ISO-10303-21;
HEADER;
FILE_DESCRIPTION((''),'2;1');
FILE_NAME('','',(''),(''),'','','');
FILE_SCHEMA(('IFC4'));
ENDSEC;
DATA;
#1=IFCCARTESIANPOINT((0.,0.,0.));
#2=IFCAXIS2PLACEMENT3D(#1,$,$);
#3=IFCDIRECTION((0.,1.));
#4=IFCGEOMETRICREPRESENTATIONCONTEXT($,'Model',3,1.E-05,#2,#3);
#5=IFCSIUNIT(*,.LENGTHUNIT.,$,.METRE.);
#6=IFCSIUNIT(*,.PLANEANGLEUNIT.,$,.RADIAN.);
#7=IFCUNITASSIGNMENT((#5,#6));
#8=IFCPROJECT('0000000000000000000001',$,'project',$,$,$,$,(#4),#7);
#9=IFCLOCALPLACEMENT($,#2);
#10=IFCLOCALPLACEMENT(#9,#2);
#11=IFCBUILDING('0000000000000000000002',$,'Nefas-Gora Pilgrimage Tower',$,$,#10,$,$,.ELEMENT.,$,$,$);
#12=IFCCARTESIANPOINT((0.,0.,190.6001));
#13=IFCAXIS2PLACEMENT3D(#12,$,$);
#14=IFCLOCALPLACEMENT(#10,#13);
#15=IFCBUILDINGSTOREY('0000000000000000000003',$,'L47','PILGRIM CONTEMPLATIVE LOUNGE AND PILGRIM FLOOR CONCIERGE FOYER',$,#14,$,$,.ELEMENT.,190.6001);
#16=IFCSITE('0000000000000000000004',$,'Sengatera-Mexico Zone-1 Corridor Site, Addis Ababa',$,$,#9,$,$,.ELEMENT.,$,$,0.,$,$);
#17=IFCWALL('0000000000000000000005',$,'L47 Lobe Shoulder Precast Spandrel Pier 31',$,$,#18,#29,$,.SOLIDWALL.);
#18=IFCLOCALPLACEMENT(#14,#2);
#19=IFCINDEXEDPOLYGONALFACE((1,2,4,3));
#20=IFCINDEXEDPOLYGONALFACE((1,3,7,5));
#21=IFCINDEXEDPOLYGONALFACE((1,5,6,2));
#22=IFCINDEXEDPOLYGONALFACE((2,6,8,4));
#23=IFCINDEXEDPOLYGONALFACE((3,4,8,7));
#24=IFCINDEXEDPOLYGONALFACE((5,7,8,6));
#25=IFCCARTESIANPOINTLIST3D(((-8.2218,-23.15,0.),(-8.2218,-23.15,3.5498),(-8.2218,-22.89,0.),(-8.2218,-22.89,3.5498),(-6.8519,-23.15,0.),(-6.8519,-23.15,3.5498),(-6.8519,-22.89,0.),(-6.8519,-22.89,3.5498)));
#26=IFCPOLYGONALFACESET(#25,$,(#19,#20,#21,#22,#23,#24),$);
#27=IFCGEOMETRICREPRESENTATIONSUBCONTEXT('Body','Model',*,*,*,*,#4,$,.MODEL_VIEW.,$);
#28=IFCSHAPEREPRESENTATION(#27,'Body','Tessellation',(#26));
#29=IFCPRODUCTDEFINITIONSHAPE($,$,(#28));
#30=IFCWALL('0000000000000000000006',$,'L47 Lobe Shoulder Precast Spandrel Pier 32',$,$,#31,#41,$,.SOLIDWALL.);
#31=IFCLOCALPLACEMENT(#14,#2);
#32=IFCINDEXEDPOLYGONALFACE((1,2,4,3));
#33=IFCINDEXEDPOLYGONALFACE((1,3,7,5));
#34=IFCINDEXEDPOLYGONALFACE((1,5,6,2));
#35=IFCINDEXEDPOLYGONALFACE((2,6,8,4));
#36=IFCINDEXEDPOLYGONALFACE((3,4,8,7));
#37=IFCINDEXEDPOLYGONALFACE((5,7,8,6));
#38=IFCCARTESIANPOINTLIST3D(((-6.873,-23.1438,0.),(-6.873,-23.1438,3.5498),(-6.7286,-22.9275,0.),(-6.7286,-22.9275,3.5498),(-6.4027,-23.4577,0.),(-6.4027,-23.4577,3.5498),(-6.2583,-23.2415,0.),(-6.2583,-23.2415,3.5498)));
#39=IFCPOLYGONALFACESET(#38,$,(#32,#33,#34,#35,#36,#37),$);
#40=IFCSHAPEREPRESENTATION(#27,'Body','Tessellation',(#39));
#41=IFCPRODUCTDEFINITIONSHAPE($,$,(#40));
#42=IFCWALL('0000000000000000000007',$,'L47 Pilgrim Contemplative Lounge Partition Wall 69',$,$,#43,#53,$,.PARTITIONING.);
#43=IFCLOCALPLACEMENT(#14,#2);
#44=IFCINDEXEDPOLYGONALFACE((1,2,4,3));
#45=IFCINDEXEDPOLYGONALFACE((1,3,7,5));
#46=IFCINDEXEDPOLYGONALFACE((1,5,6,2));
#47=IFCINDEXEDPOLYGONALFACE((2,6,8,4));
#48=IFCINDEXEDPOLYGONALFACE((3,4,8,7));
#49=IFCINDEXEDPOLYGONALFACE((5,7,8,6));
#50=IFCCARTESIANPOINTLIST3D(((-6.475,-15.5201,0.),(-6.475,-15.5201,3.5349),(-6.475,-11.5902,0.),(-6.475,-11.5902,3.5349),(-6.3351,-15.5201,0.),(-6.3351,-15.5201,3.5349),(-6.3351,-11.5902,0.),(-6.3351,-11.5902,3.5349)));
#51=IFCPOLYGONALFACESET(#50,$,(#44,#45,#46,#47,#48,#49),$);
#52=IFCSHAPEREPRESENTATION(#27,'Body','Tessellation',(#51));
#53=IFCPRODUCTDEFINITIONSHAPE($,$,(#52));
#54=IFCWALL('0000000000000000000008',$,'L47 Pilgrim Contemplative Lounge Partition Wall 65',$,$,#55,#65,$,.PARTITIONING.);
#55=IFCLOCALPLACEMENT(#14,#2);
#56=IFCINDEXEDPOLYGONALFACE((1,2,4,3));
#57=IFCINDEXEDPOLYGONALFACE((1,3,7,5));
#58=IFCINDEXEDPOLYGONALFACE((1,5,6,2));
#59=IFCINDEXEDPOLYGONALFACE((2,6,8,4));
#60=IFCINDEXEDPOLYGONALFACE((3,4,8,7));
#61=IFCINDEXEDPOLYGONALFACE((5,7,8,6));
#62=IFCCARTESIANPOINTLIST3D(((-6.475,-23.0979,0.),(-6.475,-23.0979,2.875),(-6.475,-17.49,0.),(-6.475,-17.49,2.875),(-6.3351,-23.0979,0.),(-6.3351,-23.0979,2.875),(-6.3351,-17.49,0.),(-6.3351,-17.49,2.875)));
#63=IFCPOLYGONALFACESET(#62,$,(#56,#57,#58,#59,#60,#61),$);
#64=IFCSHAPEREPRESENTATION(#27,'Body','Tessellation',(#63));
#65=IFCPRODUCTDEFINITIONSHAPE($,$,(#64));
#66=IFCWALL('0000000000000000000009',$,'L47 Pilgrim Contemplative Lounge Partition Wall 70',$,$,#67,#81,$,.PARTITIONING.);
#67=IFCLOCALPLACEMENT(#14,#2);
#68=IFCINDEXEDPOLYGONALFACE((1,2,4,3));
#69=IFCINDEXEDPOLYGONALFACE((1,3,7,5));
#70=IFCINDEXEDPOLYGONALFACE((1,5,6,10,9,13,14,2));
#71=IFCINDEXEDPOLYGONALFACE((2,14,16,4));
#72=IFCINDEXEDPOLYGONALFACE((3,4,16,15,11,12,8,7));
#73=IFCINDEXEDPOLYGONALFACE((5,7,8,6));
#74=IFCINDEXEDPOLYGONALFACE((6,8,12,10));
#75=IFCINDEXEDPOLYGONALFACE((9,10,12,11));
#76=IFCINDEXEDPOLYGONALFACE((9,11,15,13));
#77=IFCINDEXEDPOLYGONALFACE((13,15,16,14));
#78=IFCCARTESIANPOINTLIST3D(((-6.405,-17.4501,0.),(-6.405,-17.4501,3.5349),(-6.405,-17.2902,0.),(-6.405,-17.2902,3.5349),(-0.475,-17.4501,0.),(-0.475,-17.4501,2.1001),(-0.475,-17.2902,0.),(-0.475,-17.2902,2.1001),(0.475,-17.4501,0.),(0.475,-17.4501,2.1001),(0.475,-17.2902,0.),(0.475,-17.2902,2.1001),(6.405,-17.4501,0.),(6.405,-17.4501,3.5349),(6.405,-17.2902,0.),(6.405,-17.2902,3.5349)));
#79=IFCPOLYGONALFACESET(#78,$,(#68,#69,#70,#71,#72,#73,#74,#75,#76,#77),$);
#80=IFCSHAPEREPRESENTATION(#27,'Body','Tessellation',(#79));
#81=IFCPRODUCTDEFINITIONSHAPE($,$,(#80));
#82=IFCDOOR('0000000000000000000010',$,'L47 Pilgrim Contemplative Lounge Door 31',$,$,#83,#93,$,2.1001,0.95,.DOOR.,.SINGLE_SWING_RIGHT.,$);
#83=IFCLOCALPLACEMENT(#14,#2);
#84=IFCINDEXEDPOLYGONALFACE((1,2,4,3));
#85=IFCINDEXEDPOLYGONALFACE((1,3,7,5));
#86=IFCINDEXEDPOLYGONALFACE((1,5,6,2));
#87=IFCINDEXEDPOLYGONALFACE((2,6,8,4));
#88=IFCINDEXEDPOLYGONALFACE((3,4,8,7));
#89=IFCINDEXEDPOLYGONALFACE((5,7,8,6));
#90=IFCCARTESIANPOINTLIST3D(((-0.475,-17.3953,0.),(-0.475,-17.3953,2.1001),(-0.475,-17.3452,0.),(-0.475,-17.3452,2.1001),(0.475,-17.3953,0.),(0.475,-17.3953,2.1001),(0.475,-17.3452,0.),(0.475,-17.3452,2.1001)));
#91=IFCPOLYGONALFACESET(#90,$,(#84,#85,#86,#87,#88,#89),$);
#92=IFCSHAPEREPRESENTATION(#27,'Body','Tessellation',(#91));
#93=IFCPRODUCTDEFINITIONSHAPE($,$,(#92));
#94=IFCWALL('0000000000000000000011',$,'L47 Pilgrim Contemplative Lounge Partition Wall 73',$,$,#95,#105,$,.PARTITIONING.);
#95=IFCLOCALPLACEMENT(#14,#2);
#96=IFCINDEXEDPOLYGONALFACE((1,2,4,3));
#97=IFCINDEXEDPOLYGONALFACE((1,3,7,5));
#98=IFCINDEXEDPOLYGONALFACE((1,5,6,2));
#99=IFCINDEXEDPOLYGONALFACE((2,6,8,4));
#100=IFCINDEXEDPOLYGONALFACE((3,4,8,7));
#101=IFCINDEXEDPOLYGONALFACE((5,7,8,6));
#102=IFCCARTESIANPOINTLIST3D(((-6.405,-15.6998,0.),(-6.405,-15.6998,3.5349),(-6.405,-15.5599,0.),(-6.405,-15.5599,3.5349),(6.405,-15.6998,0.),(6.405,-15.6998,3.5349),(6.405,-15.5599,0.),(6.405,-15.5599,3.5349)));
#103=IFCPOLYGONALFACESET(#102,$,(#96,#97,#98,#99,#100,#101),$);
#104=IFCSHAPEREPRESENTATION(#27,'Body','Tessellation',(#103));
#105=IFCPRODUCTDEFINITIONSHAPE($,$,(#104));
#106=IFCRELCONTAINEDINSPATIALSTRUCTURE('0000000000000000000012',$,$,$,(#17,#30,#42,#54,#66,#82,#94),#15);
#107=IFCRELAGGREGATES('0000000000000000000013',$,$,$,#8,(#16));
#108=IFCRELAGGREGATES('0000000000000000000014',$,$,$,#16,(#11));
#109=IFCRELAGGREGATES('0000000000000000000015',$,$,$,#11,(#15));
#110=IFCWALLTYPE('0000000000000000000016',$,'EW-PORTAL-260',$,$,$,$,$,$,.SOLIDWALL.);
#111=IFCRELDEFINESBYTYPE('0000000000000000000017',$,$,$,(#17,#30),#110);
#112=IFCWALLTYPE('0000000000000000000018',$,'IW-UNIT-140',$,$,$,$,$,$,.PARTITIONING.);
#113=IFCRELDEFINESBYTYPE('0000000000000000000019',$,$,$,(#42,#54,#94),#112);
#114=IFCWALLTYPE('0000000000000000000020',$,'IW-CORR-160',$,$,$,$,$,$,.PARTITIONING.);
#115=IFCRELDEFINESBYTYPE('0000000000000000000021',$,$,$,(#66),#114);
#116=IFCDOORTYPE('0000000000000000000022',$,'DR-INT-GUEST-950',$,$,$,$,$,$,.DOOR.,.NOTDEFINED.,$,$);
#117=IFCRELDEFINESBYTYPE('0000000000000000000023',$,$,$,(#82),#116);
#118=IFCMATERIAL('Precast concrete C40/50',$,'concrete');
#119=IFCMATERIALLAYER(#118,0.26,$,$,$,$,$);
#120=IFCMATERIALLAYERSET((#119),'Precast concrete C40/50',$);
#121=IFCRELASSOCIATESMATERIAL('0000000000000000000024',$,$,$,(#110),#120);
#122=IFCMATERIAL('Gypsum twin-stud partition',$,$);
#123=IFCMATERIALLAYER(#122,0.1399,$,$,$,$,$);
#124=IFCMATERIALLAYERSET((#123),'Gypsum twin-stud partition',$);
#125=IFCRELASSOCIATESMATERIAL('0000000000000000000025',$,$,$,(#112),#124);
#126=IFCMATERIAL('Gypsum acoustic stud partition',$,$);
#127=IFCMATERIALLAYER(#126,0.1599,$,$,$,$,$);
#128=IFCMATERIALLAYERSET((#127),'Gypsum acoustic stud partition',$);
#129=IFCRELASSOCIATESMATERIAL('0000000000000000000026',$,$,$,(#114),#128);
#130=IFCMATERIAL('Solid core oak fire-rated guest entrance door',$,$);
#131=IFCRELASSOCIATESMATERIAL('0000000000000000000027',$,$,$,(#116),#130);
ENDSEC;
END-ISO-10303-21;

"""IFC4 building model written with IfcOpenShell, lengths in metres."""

from ifc_helpers import new_model, si_unit, direction, frame, frame_2d, origin, place, context, subcontext, project, spatial, rectangle, extrude, source, transform, mapped, material, layer, layer_set, type_object, element, fill, save


model = new_model("IFC4")

# Units and contexts
model_context = context("Model", 3, precision=1e-05, world=origin(), true_north=direction((0.0, 1.0)))
body_context = subcontext(model_context, "Body", "Model", "MODEL_VIEW")
ifc_project = project(units=[si_unit("LENGTHUNIT", "METRE"), si_unit("PLANEANGLEUNIT", "RADIAN")], contexts=[model_context])

# Site, building, storey
site_placement = place(None, origin())
site = spatial("IfcSite", under=ifc_project, at=site_placement, Name="Sengatera-Mexico Zone-1 Corridor Site, Addis Ababa", CompositionType="ELEMENT", RefElevation=0.0)
building_placement = place(site_placement, origin())
building = spatial("IfcBuilding", under=site, at=building_placement, Name="Nefas-Gora Pilgrimage Tower", CompositionType="ELEMENT")
storey_placement = place(building_placement, frame((0.0, 0.0, 190.6001)))
storey = spatial("IfcBuildingStorey", under=building, at=storey_placement, Name="L47", Description="PILGRIM CONTEMPLATIVE LOUNGE AND PILGRIM FLOOR CONCIERGE FOYER", CompositionType="ELEMENT", Elevation=190.6001)

# Walls
ifc_material_1 = material(Name="Precast concrete C40/50", Category="concrete")
ifc_layer_1 = layer(ifc_material_1, 0.26)
ifc_layer_set_1 = layer_set([ifc_layer_1], Name="Precast concrete C40/50")
wall_type_1 = type_object("IfcWallType", Name="EW-PORTAL-260", PredefinedType="SOLIDWALL", material=ifc_layer_set_1)
shared_shape_1 = source(origin(), body_context, "Body", "SweptSolid", [
    extrude(rectangle(XDim=1.3699, YDim=0.26, at=frame_2d((0.6851, 0.0))), origin(), (0.0, 0.0, 1.0), 3.5498),
])
wall_1_placement = place(storey_placement, frame((-8.2219, -23.02, 0.0), z_axis=(0.0, 0.0, 1.0), x_axis=(1.0, 0.0, 0.0)))
element("IfcWall", 1, at=wall_1_placement, inside=storey, type_object=wall_type_1, Name="L47 Lobe Shoulder Precast Spandrel Pier 31", PredefinedType="SOLIDWALL", context=body_context, shape_type="MappedRepresentation", body=[
    mapped(shared_shape_1, transform((0.0, 0.0, 0.0), x_axis=(1.0, 0.0, 0.0), y_axis=(0.0, 1.0, 0.0), z_axis=(0.0, 0.0, 1.0), scale=1.0)),
])
shared_shape_2 = source(origin(), body_context, "Body", "SweptSolid", [
    extrude(rectangle(XDim=0.5654, YDim=0.26, at=frame_2d((0.2827, 0.0))), origin(), (0.0, 0.0, 1.0), 3.5498),
])
wall_2_placement = place(storey_placement, frame((-6.8008, -23.0356, 0.0), z_axis=(0.0, 0.0, 1.0), x_axis=(0.831651, -0.555298, 0.0)))
element("IfcWall", 2, at=wall_2_placement, inside=storey, type_object=wall_type_1, Name="L47 Lobe Shoulder Precast Spandrel Pier 32", PredefinedType="SOLIDWALL", context=body_context, shape_type="MappedRepresentation", body=[
    mapped(shared_shape_2, transform((0.0, 0.0, 0.0), x_axis=(1.0, 0.0, 0.0), y_axis=(0.0, 1.0, 0.0), z_axis=(0.0, 0.0, 1.0), scale=1.0)),
])
ifc_material_2 = material(Name="Gypsum twin-stud partition")
ifc_layer_2 = layer(ifc_material_2, 0.1399)
ifc_layer_set_2 = layer_set([ifc_layer_2], Name="Gypsum twin-stud partition")
wall_type_2 = type_object("IfcWallType", Name="IW-UNIT-140", PredefinedType="PARTITIONING", material=ifc_layer_set_2)
shared_shape_3 = source(origin(), body_context, "Body", "SweptSolid", [
    extrude(rectangle(XDim=3.9299, YDim=0.1399, at=frame_2d((1.9648, 0.0))), origin(), (0.0, 0.0, 1.0), 3.5349),
])
wall_3_placement = place(storey_placement, frame((-6.405, -15.52, 0.0), z_axis=(0.0, 0.0, 1.0), x_axis=(0.0, 1.0, 0.0)))
element("IfcWall", 3, at=wall_3_placement, inside=storey, type_object=wall_type_2, Name="L47 Pilgrim Contemplative Lounge Partition Wall 69", PredefinedType="PARTITIONING", context=body_context, shape_type="MappedRepresentation", body=[
    mapped(shared_shape_3, transform((0.0, 0.0, 0.0), x_axis=(1.0, 0.0, 0.0), y_axis=(0.0, 1.0, 0.0), z_axis=(0.0, 0.0, 1.0), scale=1.0)),
])
shared_shape_4 = source(origin(), body_context, "Body", "SweptSolid", [
    extrude(rectangle(XDim=5.6079, YDim=0.1399, at=frame_2d((2.804, 0.0))), origin(), (0.0, 0.0, 1.0), 2.875),
])
wall_4_placement = place(storey_placement, frame((-6.405, -23.0979, 0.0), z_axis=(0.0, 0.0, 1.0), x_axis=(0.0, 1.0, 0.0)))
element("IfcWall", 4, at=wall_4_placement, inside=storey, type_object=wall_type_2, Name="L47 Pilgrim Contemplative Lounge Partition Wall 65", PredefinedType="PARTITIONING", context=body_context, shape_type="MappedRepresentation", body=[
    mapped(shared_shape_4, transform((0.0, 0.0, 0.0), x_axis=(1.0, 0.0, 0.0), y_axis=(0.0, 1.0, 0.0), z_axis=(0.0, 0.0, 1.0), scale=1.0)),
])

# Wall, opening, door
ifc_material_3 = material(Name="Gypsum acoustic stud partition")
ifc_layer_3 = layer(ifc_material_3, 0.1599)
ifc_layer_set_3 = layer_set([ifc_layer_3], Name="Gypsum acoustic stud partition")
wall_type_3 = type_object("IfcWallType", Name="IW-CORR-160", PredefinedType="PARTITIONING", material=ifc_layer_set_3)
shared_shape_5 = source(origin(), body_context, "Body", "SweptSolid", [
    extrude(rectangle(XDim=12.8101, YDim=0.1599, at=frame_2d((6.405, 0.0))), origin(), (0.0, 0.0, 1.0), 3.5349),
])
wall_5_placement = place(storey_placement, frame((-6.405, -17.3701, 0.0), z_axis=(0.0, 0.0, 1.0), x_axis=(1.0, 0.0, 0.0)))
wall_5 = element("IfcWall", 5, at=wall_5_placement, inside=storey, type_object=wall_type_3, Name="L47 Pilgrim Contemplative Lounge Partition Wall 70", PredefinedType="PARTITIONING", context=body_context, shape_type="MappedRepresentation", body=[
    mapped(shared_shape_5, transform((0.0, 0.0, 0.0), x_axis=(1.0, 0.0, 0.0), y_axis=(0.0, 1.0, 0.0), z_axis=(0.0, 0.0, 1.0), scale=1.0)),
])
opening_placement = place(wall_5_placement, frame((5.9299, 0.0, 0.0)))
opening = element("IfcOpeningElement", 6, at=opening_placement, cuts=wall_5, PredefinedType="OPENING", context=body_context, shape_type="SweptSolid", body=[
    extrude(rectangle(XDim=0.95, YDim=2.1001, at=frame_2d((0.4751, 1.05))), frame((0.0, 0.0898, 0.0), z_axis=(0.0, -1.0, 0.0), x_axis=(1.0, 0.0, 0.0)), (0.0, 0.0, 1.0), 0.1799),
])
ifc_material_4 = material(Name="Solid core oak fire-rated guest entrance door")
door_type = type_object("IfcDoorType", Name="DR-INT-GUEST-950", OperationType="NOTDEFINED", PredefinedType="DOOR", material=ifc_material_4)
shared_shape_6 = source(origin(), body_context, "Body", "SweptSolid", [
    extrude(rectangle(XDim=0.95, YDim=2.1001, at=frame_2d((0.4751, 1.05))), frame((0.0, 0.0249, 0.0), z_axis=(0.0, -1.0, 0.0), x_axis=(1.0, 0.0, 0.0)), (0.0, 0.0, 1.0), 0.05),
])
door_placement = place(opening_placement, origin())
door = element("IfcDoor", 7, at=door_placement, inside=storey, type_object=door_type, Name="L47 Pilgrim Contemplative Lounge Door 31", OperationType="SINGLE_SWING_RIGHT", OverallHeight=2.1001, OverallWidth=0.95, PredefinedType="DOOR", context=body_context, shape_type="MappedRepresentation", body=[
    mapped(shared_shape_6, transform((0.0, 0.0, 0.0), x_axis=(1.0, 0.0, 0.0), y_axis=(0.0, 1.0, 0.0), z_axis=(0.0, 0.0, 1.0), scale=1.0)),
])
fill(opening, door)

# Wall
shared_shape_7 = source(origin(), body_context, "Body", "SweptSolid", [
    extrude(rectangle(XDim=12.8101, YDim=0.1399, at=frame_2d((6.405, 0.0))), origin(), (0.0, 0.0, 1.0), 3.5349),
])
wall_6_placement = place(storey_placement, frame((-6.405, -15.6299, 0.0), z_axis=(0.0, 0.0, 1.0), x_axis=(1.0, 0.0, 0.0)))
element("IfcWall", 8, at=wall_6_placement, inside=storey, type_object=wall_type_2, Name="L47 Pilgrim Contemplative Lounge Partition Wall 73", PredefinedType="PARTITIONING", context=body_context, shape_type="MappedRepresentation", body=[
    mapped(shared_shape_7, transform((0.0, 0.0, 0.0), x_axis=(1.0, 0.0, 0.0), y_axis=(0.0, 1.0, 0.0), z_axis=(0.0, 0.0, 1.0), scale=1.0)),
])

save(model, "model.ifc")
